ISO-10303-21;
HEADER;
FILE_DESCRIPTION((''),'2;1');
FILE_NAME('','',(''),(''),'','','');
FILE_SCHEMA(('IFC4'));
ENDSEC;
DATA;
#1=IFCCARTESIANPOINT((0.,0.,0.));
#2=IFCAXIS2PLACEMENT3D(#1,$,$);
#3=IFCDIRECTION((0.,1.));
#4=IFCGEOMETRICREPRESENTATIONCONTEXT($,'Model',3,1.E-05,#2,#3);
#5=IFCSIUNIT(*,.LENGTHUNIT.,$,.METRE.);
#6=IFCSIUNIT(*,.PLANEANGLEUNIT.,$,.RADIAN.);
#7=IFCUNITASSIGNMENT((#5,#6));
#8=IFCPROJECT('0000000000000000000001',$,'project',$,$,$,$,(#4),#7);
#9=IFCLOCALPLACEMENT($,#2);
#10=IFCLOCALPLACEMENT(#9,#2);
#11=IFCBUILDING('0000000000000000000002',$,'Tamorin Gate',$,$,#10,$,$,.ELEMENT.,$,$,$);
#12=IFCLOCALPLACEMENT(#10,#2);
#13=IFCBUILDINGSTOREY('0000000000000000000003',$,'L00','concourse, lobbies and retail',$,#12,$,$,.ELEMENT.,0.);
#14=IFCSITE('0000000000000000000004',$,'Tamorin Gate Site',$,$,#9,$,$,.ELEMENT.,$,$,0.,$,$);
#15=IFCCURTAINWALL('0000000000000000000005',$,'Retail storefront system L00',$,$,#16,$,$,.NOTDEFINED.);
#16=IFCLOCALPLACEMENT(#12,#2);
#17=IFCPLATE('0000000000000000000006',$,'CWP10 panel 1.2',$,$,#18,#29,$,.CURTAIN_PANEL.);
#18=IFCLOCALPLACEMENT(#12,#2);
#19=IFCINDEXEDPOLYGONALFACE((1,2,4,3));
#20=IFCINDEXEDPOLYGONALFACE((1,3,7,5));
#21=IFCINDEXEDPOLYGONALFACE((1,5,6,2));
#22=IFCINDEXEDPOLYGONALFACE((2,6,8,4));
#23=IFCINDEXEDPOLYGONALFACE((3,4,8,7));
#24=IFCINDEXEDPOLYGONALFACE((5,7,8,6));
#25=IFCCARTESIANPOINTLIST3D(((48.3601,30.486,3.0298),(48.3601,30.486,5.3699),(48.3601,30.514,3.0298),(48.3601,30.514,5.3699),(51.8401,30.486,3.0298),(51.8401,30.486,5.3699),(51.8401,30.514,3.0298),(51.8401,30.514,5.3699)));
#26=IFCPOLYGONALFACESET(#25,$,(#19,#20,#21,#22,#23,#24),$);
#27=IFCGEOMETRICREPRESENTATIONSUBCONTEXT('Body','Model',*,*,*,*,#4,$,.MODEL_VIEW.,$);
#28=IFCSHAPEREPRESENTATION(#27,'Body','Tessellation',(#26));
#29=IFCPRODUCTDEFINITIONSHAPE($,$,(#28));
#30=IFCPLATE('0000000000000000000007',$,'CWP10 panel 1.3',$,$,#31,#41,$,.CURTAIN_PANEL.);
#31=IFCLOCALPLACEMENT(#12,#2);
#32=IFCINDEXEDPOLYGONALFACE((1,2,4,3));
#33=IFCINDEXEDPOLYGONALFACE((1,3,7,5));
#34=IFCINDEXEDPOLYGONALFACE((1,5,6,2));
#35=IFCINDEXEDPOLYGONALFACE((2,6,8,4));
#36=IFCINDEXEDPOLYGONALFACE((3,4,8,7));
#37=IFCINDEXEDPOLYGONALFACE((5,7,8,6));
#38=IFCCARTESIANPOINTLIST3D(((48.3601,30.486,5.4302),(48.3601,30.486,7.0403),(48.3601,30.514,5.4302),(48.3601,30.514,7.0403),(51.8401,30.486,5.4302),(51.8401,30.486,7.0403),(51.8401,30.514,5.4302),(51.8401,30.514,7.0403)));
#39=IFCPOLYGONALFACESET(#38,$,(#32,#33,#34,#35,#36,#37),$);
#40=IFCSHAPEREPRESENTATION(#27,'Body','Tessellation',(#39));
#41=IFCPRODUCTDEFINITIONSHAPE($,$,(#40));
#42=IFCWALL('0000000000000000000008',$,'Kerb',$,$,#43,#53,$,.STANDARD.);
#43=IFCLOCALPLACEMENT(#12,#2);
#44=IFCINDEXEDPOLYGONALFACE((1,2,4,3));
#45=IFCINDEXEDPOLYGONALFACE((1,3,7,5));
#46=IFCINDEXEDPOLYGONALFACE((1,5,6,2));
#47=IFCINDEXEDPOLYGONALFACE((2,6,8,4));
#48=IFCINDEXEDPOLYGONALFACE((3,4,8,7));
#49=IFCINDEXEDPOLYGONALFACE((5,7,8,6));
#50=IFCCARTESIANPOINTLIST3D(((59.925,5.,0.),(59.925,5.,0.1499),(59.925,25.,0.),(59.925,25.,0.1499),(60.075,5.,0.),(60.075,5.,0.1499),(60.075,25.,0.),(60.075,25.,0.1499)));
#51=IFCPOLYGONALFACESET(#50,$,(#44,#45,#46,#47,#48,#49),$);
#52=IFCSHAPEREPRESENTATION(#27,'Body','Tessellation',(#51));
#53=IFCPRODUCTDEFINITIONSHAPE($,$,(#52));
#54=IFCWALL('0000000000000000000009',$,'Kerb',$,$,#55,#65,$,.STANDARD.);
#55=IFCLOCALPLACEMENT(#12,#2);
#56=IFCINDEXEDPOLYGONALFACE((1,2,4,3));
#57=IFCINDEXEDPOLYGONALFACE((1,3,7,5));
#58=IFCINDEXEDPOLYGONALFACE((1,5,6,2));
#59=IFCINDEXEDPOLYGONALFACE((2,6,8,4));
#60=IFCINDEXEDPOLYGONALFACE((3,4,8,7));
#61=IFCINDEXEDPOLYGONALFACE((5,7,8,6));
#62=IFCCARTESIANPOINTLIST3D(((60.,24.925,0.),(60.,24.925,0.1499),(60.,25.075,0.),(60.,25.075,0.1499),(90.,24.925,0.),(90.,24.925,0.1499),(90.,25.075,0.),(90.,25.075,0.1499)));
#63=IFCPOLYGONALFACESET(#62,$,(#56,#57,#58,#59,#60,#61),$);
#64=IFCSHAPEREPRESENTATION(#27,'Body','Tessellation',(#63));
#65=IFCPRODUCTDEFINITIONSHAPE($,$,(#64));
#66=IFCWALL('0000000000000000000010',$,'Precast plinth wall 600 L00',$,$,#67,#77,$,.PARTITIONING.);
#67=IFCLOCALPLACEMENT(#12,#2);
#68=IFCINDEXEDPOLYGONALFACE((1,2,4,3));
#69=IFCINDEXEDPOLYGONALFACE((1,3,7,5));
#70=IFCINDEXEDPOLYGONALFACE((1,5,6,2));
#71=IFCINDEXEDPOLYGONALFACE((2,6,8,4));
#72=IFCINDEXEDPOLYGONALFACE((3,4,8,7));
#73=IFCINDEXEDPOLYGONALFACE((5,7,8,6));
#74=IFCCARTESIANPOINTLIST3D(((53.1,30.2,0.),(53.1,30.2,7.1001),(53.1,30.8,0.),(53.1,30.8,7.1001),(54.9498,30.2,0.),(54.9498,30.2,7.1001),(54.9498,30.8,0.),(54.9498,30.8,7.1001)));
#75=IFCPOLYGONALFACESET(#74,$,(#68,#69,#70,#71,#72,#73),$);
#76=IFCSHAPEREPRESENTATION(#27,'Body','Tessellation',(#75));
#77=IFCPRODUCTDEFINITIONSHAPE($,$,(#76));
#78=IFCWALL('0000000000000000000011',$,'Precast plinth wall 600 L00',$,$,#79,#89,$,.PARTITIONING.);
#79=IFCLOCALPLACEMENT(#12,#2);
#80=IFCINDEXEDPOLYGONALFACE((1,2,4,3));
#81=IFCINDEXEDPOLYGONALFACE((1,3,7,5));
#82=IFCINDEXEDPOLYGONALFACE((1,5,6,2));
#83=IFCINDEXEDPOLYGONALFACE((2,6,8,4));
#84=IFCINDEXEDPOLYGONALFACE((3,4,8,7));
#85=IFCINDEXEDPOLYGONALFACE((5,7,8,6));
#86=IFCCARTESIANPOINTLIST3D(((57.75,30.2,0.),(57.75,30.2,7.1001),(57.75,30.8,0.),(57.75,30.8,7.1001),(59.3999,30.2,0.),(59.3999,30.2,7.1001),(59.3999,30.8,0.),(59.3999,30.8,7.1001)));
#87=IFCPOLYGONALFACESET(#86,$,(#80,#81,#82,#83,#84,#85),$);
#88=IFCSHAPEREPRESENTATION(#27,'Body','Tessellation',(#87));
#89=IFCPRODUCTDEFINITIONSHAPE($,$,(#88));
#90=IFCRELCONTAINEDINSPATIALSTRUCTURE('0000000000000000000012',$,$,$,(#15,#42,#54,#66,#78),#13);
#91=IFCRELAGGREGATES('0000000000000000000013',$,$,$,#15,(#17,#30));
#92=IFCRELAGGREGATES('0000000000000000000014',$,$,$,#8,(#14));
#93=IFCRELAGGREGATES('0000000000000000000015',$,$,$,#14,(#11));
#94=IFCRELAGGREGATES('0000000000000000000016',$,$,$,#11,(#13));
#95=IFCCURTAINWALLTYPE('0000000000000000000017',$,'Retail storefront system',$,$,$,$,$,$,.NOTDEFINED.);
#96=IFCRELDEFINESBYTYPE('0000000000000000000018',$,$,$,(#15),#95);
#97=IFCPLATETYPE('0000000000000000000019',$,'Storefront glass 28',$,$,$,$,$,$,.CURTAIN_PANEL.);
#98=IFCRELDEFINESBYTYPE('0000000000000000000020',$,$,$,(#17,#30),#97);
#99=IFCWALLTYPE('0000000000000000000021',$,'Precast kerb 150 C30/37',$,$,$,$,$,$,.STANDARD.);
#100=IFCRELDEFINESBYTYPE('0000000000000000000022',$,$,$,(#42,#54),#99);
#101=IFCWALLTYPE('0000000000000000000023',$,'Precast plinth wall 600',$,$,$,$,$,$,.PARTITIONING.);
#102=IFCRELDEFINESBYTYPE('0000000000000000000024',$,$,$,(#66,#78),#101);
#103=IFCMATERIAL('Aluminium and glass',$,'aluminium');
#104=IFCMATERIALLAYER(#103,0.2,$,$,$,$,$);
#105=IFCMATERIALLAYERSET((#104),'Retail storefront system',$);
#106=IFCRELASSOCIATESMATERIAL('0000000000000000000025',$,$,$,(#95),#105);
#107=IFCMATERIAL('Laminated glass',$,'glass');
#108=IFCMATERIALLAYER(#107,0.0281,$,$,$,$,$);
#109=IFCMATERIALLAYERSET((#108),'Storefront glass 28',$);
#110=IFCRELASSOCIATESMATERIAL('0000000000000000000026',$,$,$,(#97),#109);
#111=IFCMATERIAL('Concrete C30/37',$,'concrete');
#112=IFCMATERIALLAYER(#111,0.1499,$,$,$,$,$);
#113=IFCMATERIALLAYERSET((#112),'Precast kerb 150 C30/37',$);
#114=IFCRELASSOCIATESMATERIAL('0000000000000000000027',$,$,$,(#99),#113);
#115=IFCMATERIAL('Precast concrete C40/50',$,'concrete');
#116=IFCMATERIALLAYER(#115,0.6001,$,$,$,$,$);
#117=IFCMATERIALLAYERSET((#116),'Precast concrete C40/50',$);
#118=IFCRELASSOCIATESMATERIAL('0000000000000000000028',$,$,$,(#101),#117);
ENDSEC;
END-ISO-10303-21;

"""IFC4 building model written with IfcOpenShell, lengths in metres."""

from ifc_helpers import new_model, si_unit, direction, frame, frame_2d, origin, origin_2d, place, context, subcontext, project, spatial, rectangle, extrude, material, layer, layer_set, type_object, element, aggregate, save


model = new_model("IFC4")

# Units and contexts
model_context = context("Model", 3, precision=1e-05, world=origin(), true_north=direction((0.0, 1.0)))
body_context = subcontext(model_context, "Body", "Model", "MODEL_VIEW")
ifc_project = project(units=[si_unit("LENGTHUNIT", "METRE"), si_unit("PLANEANGLEUNIT", "RADIAN")], contexts=[model_context])

# Site, building, storey
site_placement = place(None, origin())
site = spatial("IfcSite", under=ifc_project, at=site_placement, Name="Tamorin Gate Site", CompositionType="ELEMENT", RefElevation=0.0)
building_placement = place(site_placement, origin())
building = spatial("IfcBuilding", under=site, at=building_placement, Name="Tamorin Gate", CompositionType="ELEMENT")
storey_placement = place(building_placement, origin())
storey = spatial("IfcBuildingStorey", under=building, at=storey_placement, Name="L00", Description="concourse, lobbies and retail", CompositionType="ELEMENT", Elevation=0.0)

# Curtain wall
ifc_material_1 = material(Name="Aluminium and glass", Category="aluminium")
ifc_layer_1 = layer(ifc_material_1, 0.2)
ifc_layer_set_1 = layer_set([ifc_layer_1], Name="Retail storefront system")
curtain_wall_type = type_object("IfcCurtainWallType", Name="Retail storefront system", PredefinedType="NOTDEFINED", material=ifc_layer_set_1)
curtain_wall_1_placement = place(storey_placement, origin())
curtain_wall_1 = element("IfcCurtainWall", 1, at=curtain_wall_1_placement, inside=storey, type_object=curtain_wall_type, Name="Retail storefront system L00", PredefinedType="NOTDEFINED")

# Plates
ifc_material_2 = material(Name="Laminated glass", Category="glass")
ifc_layer_2 = layer(ifc_material_2, 0.0281)
ifc_layer_set_2 = layer_set([ifc_layer_2], Name="Storefront glass 28")
plate_type = type_object("IfcPlateType", Name="Storefront glass 28", PredefinedType="CURTAIN_PANEL", material=ifc_layer_set_2)
plate_1_placement = place(storey_placement, frame((50.1001, 30.5, 3.0298), z_axis=(0.0, 0.0, 1.0), x_axis=(1.0, 0.0, 0.0)))
plate_1 = element("IfcPlate", 2, at=plate_1_placement, type_object=plate_type, Name="CWP10 panel 1.2", PredefinedType="CURTAIN_PANEL", context=body_context, shape_type="SweptSolid", body=[
    extrude(rectangle(XDim=3.48, YDim=0.0281, at=origin_2d()), origin(), (0.0, 0.0, 1.0), 2.3401),
])
plate_2_placement = place(storey_placement, frame((50.1001, 30.5, 5.4302), z_axis=(0.0, 0.0, 1.0), x_axis=(1.0, 0.0, 0.0)))
plate_2 = element("IfcPlate", 3, at=plate_2_placement, type_object=plate_type, Name="CWP10 panel 1.3", PredefinedType="CURTAIN_PANEL", context=body_context, shape_type="SweptSolid", body=[
    extrude(rectangle(XDim=3.48, YDim=0.0281, at=origin_2d()), origin(), (0.0, 0.0, 1.0), 1.6101),
])
aggregate(curtain_wall_1, [plate_1, plate_2])

# Walls
ifc_material_3 = material(Name="Concrete C30/37", Category="concrete")
ifc_layer_3 = layer(ifc_material_3, 0.1499)
ifc_layer_set_3 = layer_set([ifc_layer_3], Name="Precast kerb 150 C30/37")
wall_type_1 = type_object("IfcWallType", Name="Precast kerb 150 C30/37", PredefinedType="STANDARD", material=ifc_layer_set_3)
wall_1_placement = place(storey_placement, frame((60.0, 5.0, 0.0), z_axis=(0.0, 0.0, 1.0), x_axis=(0.0, 1.0, 0.0)))
element("IfcWall", 4, at=wall_1_placement, inside=storey, type_object=wall_type_1, Name="Kerb", PredefinedType="STANDARD", context=body_context, shape_type="SweptSolid", body=[
    extrude(rectangle(XDim=20.0, YDim=0.1499, at=frame_2d((10.0, 0.0))), origin(), (0.0, 0.0, 1.0), 0.1499),
])
wall_2_placement = place(storey_placement, frame((60.0, 25.0, 0.0), z_axis=(0.0, 0.0, 1.0), x_axis=(1.0, 0.0, 0.0)))
element("IfcWall", 5, at=wall_2_placement, inside=storey, type_object=wall_type_1, Name="Kerb", PredefinedType="STANDARD", context=body_context, shape_type="SweptSolid", body=[
    extrude(rectangle(XDim=30.0, YDim=0.1499, at=frame_2d((15.0, 0.0))), origin(), (0.0, 0.0, 1.0), 0.1499),
])

# Shared definitions
ifc_material_4 = material(Name="Precast concrete C40/50", Category="concrete")
ifc_layer_4 = layer(ifc_material_4, 0.6001)
ifc_layer_set_4 = layer_set([ifc_layer_4], Name="Precast concrete C40/50")
wall_type_2 = type_object("IfcWallType", Name="Precast plinth wall 600", PredefinedType="PARTITIONING", material=ifc_layer_set_4)

# Walls
wall_3_placement = place(storey_placement, frame((53.1001, 30.5, 0.0), z_axis=(0.0, 0.0, 1.0), x_axis=(1.0, 0.0, 0.0)))
element("IfcWall", 6, at=wall_3_placement, inside=storey, type_object=wall_type_2, Name="Precast plinth wall 600 L00", PredefinedType="PARTITIONING", context=body_context, shape_type="SweptSolid", body=[
    extrude(rectangle(XDim=1.8499, YDim=0.6001, at=frame_2d((0.9248, 0.0))), origin(), (0.0, 0.0, 1.0), 7.1001),
])
wall_4_placement = place(storey_placement, frame((57.75, 30.5, 0.0), z_axis=(0.0, 0.0, 1.0), x_axis=(1.0, 0.0, 0.0)))
element("IfcWall", 7, at=wall_4_placement, inside=storey, type_object=wall_type_2, Name="Precast plinth wall 600 L00", PredefinedType="PARTITIONING", context=body_context, shape_type="SweptSolid", body=[
    extrude(rectangle(XDim=1.6499, YDim=0.6001, at=frame_2d((0.825, 0.0))), origin(), (0.0, 0.0, 1.0), 7.1001),
])

save(model, "model.ifc")
